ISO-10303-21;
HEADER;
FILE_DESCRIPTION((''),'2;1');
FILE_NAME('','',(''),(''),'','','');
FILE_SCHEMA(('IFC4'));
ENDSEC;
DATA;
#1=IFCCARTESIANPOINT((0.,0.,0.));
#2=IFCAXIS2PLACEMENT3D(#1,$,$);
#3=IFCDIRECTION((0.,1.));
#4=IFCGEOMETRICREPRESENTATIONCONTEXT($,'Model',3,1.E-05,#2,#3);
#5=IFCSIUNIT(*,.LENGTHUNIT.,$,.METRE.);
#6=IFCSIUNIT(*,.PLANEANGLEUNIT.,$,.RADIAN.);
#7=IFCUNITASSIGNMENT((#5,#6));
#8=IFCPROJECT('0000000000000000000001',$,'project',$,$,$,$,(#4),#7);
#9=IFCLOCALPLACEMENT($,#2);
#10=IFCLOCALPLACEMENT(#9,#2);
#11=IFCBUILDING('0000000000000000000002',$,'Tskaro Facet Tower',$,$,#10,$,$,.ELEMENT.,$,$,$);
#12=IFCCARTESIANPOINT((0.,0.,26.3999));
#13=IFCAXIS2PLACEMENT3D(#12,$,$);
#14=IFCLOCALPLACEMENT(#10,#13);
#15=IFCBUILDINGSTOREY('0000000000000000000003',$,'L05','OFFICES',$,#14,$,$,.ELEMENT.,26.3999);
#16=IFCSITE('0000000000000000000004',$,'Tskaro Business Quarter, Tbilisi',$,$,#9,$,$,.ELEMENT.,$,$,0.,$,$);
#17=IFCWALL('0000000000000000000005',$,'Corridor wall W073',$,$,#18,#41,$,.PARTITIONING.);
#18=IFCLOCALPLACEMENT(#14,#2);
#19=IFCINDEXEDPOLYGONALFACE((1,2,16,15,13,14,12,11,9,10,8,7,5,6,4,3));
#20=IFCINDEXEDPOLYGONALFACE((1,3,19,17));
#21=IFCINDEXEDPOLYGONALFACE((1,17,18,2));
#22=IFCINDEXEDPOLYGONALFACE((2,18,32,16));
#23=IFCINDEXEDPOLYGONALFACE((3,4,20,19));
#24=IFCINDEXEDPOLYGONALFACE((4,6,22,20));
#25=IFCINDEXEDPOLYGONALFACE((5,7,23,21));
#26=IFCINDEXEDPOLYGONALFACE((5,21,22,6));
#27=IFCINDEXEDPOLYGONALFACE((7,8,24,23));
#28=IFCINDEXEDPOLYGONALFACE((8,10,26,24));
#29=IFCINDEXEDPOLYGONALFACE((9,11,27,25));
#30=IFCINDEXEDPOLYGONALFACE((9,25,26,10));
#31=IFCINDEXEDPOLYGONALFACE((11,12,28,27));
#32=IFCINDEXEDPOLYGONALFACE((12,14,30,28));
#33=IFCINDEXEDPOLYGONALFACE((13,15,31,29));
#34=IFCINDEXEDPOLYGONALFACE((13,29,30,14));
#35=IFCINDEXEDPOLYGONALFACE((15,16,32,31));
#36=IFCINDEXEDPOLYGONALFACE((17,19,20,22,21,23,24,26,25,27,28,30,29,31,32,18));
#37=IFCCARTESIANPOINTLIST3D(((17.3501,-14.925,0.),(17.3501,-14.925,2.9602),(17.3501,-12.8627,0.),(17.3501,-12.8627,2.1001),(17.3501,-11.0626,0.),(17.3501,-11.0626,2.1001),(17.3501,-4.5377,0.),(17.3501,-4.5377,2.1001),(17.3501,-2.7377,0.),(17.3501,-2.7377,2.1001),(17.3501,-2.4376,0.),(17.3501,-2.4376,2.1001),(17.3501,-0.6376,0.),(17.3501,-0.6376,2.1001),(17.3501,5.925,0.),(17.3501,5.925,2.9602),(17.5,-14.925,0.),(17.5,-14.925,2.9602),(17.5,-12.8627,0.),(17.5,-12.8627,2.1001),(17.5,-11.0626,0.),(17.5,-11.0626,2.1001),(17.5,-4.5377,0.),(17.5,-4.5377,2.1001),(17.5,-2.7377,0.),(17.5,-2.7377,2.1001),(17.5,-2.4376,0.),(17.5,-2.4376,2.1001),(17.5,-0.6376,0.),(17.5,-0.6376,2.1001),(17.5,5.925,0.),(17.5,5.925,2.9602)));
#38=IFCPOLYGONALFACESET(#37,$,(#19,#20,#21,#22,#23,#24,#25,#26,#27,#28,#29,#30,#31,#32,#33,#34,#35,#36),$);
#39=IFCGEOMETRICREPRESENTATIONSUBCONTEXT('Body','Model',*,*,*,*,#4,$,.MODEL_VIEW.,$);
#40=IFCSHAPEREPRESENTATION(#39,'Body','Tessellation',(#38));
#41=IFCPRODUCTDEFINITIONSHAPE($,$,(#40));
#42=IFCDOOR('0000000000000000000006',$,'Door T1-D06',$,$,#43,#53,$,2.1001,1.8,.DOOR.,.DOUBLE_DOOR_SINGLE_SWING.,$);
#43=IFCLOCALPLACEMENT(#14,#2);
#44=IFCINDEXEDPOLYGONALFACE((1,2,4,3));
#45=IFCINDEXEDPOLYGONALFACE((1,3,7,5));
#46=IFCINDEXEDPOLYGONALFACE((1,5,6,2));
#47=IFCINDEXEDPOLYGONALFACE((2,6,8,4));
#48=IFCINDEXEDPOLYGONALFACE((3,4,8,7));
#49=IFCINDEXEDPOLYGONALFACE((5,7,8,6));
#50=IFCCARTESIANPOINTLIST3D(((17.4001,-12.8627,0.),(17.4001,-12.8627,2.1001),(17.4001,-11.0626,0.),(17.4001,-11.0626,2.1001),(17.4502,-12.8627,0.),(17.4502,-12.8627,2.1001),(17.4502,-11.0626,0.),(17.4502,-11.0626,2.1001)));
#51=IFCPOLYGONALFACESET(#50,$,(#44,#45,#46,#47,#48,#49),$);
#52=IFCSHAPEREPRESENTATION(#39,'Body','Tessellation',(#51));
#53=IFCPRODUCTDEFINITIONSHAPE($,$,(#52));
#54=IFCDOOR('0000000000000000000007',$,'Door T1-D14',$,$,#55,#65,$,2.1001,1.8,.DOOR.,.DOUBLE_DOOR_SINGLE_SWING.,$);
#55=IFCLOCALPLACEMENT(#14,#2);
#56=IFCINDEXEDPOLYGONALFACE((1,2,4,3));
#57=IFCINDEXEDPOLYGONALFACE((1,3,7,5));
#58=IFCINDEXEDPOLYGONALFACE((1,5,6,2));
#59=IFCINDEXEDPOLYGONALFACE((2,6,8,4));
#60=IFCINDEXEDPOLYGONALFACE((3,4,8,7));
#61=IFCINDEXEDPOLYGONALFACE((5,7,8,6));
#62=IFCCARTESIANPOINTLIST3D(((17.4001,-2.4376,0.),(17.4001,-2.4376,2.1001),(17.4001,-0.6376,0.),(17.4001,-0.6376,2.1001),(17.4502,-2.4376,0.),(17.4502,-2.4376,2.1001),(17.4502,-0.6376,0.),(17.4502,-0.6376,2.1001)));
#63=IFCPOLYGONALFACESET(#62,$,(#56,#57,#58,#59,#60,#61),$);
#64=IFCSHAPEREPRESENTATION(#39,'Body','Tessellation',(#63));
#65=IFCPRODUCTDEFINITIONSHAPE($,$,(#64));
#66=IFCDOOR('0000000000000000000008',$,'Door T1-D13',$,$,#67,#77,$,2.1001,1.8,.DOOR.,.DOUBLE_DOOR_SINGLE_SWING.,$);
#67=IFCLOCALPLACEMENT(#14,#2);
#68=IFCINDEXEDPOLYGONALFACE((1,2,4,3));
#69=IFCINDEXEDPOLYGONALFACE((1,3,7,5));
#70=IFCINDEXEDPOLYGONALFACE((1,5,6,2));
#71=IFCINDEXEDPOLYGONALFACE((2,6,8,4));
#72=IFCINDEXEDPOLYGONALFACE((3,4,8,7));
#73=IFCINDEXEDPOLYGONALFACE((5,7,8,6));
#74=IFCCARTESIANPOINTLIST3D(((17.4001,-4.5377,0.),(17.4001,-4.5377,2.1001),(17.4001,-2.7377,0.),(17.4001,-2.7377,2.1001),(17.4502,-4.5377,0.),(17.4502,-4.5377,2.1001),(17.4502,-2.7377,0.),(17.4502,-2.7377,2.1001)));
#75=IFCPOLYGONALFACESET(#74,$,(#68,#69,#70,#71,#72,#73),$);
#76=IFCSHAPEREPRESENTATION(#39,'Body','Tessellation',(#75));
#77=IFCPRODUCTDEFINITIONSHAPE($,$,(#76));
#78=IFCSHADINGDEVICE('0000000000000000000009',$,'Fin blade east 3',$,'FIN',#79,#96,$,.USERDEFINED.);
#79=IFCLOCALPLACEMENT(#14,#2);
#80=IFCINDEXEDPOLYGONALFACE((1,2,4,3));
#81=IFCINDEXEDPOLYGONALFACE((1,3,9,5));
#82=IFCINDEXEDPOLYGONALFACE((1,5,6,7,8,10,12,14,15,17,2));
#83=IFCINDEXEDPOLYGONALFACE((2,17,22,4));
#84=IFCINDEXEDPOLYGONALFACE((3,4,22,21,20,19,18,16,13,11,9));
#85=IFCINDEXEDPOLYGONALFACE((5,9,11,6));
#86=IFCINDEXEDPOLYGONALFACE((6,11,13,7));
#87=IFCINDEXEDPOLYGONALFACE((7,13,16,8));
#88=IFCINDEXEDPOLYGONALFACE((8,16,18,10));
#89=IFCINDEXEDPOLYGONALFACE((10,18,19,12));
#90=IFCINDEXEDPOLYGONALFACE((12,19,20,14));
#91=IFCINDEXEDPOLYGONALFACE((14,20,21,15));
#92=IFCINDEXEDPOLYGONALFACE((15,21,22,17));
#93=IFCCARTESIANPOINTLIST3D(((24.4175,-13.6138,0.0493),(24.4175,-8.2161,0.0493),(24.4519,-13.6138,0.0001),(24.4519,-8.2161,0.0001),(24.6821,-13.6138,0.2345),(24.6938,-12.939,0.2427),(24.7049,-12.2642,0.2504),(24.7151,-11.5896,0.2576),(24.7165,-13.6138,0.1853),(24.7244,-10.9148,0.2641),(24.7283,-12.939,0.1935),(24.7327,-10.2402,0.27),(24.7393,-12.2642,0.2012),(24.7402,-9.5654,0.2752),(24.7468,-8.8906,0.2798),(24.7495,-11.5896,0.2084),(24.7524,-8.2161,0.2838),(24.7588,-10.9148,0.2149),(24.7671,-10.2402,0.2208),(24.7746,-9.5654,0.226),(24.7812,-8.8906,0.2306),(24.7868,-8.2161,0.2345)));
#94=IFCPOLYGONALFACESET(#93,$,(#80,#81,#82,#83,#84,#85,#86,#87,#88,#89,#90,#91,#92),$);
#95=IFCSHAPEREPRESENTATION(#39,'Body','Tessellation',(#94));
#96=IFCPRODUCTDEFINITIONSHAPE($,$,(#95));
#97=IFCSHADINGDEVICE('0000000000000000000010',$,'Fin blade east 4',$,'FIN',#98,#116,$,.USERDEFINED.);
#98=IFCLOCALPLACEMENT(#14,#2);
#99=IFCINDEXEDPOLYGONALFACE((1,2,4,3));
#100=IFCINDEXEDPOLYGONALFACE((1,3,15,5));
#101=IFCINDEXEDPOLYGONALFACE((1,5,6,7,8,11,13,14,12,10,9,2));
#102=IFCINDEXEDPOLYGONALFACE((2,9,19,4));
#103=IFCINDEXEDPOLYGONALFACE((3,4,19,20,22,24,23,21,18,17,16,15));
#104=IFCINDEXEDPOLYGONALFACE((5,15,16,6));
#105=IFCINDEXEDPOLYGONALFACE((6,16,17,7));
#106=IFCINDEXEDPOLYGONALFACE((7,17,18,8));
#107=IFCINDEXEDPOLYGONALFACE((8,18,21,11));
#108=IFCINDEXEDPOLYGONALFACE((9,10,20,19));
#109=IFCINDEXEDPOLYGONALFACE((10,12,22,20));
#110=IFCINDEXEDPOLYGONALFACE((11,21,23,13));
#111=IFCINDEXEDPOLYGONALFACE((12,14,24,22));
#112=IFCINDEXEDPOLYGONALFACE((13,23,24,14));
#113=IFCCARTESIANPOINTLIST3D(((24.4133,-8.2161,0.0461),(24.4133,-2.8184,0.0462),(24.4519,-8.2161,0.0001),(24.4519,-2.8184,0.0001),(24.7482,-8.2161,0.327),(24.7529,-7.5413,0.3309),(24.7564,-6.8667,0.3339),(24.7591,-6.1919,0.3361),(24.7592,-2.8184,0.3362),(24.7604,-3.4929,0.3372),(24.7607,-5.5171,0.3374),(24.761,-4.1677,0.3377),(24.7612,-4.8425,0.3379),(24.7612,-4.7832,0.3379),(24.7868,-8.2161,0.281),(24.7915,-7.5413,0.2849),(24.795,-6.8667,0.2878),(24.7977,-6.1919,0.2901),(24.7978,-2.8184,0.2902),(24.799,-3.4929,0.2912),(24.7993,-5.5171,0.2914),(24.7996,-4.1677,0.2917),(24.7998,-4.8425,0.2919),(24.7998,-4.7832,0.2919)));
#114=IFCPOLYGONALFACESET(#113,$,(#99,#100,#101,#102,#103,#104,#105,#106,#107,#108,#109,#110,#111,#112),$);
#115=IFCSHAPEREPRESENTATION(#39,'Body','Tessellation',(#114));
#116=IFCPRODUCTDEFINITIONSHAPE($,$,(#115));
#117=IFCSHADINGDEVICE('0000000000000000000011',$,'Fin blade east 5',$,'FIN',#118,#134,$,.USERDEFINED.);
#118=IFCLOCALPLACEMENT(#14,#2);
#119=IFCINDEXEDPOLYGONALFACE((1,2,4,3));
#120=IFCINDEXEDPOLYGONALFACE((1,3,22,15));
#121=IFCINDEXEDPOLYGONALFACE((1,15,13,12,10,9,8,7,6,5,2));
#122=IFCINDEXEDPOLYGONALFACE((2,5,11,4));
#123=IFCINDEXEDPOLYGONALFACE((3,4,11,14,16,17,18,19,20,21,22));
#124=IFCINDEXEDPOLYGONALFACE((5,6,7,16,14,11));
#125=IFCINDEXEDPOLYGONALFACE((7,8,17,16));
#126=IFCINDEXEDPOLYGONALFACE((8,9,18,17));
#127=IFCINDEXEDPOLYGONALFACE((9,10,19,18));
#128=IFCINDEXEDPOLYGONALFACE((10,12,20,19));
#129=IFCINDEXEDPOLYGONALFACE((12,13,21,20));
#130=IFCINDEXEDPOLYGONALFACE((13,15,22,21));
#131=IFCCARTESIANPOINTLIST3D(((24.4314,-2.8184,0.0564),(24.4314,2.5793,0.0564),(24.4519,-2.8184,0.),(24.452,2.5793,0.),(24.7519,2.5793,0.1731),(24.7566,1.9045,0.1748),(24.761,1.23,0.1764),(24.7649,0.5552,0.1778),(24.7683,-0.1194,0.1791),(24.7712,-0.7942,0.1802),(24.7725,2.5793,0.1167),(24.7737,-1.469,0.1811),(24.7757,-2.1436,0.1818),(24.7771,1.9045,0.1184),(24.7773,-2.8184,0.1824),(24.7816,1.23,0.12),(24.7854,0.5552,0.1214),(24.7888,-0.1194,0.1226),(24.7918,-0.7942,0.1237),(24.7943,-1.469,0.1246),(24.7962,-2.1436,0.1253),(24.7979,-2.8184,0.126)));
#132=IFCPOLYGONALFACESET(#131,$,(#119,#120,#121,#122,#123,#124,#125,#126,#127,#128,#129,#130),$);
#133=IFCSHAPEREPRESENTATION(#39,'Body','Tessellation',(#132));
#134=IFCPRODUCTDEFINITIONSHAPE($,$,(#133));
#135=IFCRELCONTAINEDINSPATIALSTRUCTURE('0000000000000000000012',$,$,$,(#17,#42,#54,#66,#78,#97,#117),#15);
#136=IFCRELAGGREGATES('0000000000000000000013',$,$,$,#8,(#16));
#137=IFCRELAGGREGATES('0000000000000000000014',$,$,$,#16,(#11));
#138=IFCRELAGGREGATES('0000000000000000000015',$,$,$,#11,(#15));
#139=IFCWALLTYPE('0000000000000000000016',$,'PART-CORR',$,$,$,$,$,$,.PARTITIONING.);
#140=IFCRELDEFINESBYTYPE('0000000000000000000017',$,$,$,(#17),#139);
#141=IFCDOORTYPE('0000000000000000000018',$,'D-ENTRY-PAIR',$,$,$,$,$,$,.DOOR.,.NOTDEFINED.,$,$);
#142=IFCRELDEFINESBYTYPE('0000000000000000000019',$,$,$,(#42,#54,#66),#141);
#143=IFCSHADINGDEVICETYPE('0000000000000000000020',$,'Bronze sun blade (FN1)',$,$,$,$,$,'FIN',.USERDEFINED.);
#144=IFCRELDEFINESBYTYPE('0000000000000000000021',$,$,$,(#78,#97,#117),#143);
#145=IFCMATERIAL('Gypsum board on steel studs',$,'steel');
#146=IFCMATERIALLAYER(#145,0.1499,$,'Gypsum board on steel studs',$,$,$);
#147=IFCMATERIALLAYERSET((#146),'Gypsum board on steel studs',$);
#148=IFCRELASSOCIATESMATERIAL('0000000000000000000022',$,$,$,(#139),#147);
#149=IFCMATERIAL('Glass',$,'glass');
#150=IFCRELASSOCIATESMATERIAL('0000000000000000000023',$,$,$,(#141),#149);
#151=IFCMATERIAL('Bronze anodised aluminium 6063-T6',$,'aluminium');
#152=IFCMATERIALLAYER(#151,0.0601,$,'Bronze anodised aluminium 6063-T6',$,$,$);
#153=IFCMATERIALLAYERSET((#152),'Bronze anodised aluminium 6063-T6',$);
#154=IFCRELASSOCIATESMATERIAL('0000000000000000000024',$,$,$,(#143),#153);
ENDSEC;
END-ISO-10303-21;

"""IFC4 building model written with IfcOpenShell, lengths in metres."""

from ifc_helpers import new_model, si_unit, direction, frame, frame_2d, origin, place, context, subcontext, project, spatial, polyline, rectangle, outline, extrude, material, layer, layer_set, type_object, element, fill, save


model = new_model("IFC4")

# Units and contexts
model_context = context("Model", 3, precision=1e-05, world=origin(), true_north=direction((0.0, 1.0)))
body_context = subcontext(model_context, "Body", "Model", "MODEL_VIEW")
ifc_project = project(units=[si_unit("LENGTHUNIT", "METRE"), si_unit("PLANEANGLEUNIT", "RADIAN")], contexts=[model_context])

# Site, building, storey
site_placement = place(None, origin())
site = spatial("IfcSite", under=ifc_project, at=site_placement, Name="Tskaro Business Quarter, Tbilisi", CompositionType="ELEMENT", RefElevation=0.0)
building_placement = place(site_placement, origin())
building = spatial("IfcBuilding", under=site, at=building_placement, Name="Tskaro Facet Tower", CompositionType="ELEMENT")
storey_placement = place(building_placement, frame((0.0, 0.0, 26.3999)))
storey = spatial("IfcBuildingStorey", under=building, at=storey_placement, Name="L05", Description="OFFICES", CompositionType="ELEMENT", Elevation=26.3999)

# Shared definitions
ifc_material_1 = material(Name="Bronze anodised aluminium 6063-T6", Category="aluminium")

# Shared definitions
ifc_material_2 = material(Name="Gypsum board on steel studs", Category="steel")

# Wall, openings, doors
ifc_layer_1 = layer(ifc_material_2, 0.1499, Name="Gypsum board on steel studs")
ifc_layer_set_1 = layer_set([ifc_layer_1], Name="Gypsum board on steel studs")
wall_type_1 = type_object("IfcWallType", Name="PART-CORR", PredefinedType="PARTITIONING", material=ifc_layer_set_1)
wall_1_placement = place(storey_placement, frame((17.425, -14.925, 0.0), z_axis=(0.0, 0.0, 1.0), x_axis=(0.0, 1.0, 0.0)))
wall_1 = element("IfcWall", 1, at=wall_1_placement, inside=storey, type_object=wall_type_1, Name="Corridor wall W073", PredefinedType="PARTITIONING", context=body_context, shape_type="SweptSolid", body=[
    extrude(rectangle(XDim=20.8501, YDim=0.1499, at=frame_2d((10.425, 0.0))), origin(), (0.0, 0.0, 1.0), 2.9602),
])
opening_1_placement = place(wall_1_placement, frame((2.0625, 0.0, 0.0)))
opening_1 = element("IfcOpeningElement", 2, at=opening_1_placement, cuts=wall_1, PredefinedType="OPENING", context=body_context, shape_type="SweptSolid", body=[
    extrude(rectangle(XDim=1.8, YDim=2.1001, at=frame_2d((0.8999, 1.05))), frame((0.0, 0.085, 0.0), z_axis=(0.0, -1.0, 0.0), x_axis=(1.0, 0.0, 0.0)), (0.0, 0.0, 1.0), 0.1699),
])
opening_2_placement = place(wall_1_placement, frame((12.4875, 0.0, 0.0)))
opening_2 = element("IfcOpeningElement", 3, at=opening_2_placement, cuts=wall_1, PredefinedType="OPENING", context=body_context, shape_type="SweptSolid", body=[
    extrude(rectangle(XDim=1.8, YDim=2.1001, at=frame_2d((0.8999, 1.05))), frame((0.0, 0.085, 0.0), z_axis=(0.0, -1.0, 0.0), x_axis=(1.0, 0.0, 0.0)), (0.0, 0.0, 1.0), 0.1699),
])
opening_3_placement = place(wall_1_placement, frame((10.3875, 0.0, 0.0)))
opening_3 = element("IfcOpeningElement", 4, at=opening_3_placement, cuts=wall_1, PredefinedType="OPENING", context=body_context, shape_type="SweptSolid", body=[
    extrude(rectangle(XDim=1.8, YDim=2.1001, at=frame_2d((0.8999, 1.05))), frame((0.0, 0.085, 0.0), z_axis=(0.0, -1.0, 0.0), x_axis=(1.0, 0.0, 0.0)), (0.0, 0.0, 1.0), 0.1699),
])
ifc_material_3 = material(Name="Glass", Category="glass")
door_type_1 = type_object("IfcDoorType", Name="D-ENTRY-PAIR", OperationType="NOTDEFINED", PredefinedType="DOOR", material=ifc_material_3)
door_1_placement = place(opening_1_placement, origin())
door_1 = element("IfcDoor", 5, at=door_1_placement, inside=storey, type_object=door_type_1, Name="Door T1-D06", OperationType="DOUBLE_DOOR_SINGLE_SWING", OverallHeight=2.1001, OverallWidth=1.8, PredefinedType="DOOR", context=body_context, shape_type="SweptSolid", body=[
    extrude(rectangle(XDim=1.8, YDim=2.1001, at=frame_2d((0.8999, 1.05))), frame((0.0, 0.0249, 0.0), z_axis=(0.0, -1.0, 0.0), x_axis=(1.0, 0.0, 0.0)), (0.0, 0.0, 1.0), 0.05),
])
fill(opening_1, door_1)
door_2_placement = place(opening_2_placement, origin())
door_2 = element("IfcDoor", 6, at=door_2_placement, inside=storey, type_object=door_type_1, Name="Door T1-D14", OperationType="DOUBLE_DOOR_SINGLE_SWING", OverallHeight=2.1001, OverallWidth=1.8, PredefinedType="DOOR", context=body_context, shape_type="SweptSolid", body=[
    extrude(rectangle(XDim=1.8, YDim=2.1001, at=frame_2d((0.8999, 1.05))), frame((0.0, 0.0249, 0.0), z_axis=(0.0, -1.0, 0.0), x_axis=(1.0, 0.0, 0.0)), (0.0, 0.0, 1.0), 0.05),
])
fill(opening_2, door_2)
door_3_placement = place(opening_3_placement, origin())
door_3 = element("IfcDoor", 7, at=door_3_placement, inside=storey, type_object=door_type_1, Name="Door T1-D13", OperationType="DOUBLE_DOOR_SINGLE_SWING", OverallHeight=2.1001, OverallWidth=1.8, PredefinedType="DOOR", context=body_context, shape_type="SweptSolid", body=[
    extrude(rectangle(XDim=1.8, YDim=2.1001, at=frame_2d((0.8999, 1.05))), frame((0.0, 0.0249, 0.0), z_axis=(0.0, -1.0, 0.0), x_axis=(1.0, 0.0, 0.0)), (0.0, 0.0, 1.0), 0.05),
])
fill(opening_3, door_3)

# Shading devices
ifc_layer_2 = layer(ifc_material_1, 0.0601, Name="Bronze anodised aluminium 6063-T6")
ifc_layer_set_2 = layer_set([ifc_layer_2], Name="Bronze anodised aluminium 6063-T6")
shading_device_type = type_object("IfcShadingDeviceType", Name="Bronze sun blade (FN1)", ElementType="FIN", PredefinedType="USERDEFINED", material=ifc_layer_set_2)
shading_device_1_placement = place(storey_placement, frame((24.4175, -13.6138, 0.0493), z_axis=(-0.57338, -0.000006, 0.81929), x_axis=(-0.000004, 1.0, 0.000005)))
element("IfcShadingDevice", 8, at=shading_device_1_placement, inside=storey, type_object=shading_device_type, Name="Fin blade east 3", ObjectType="FIN", PredefinedType="USERDEFINED", context=body_context, shape_type="SweptSolid", body=[
    extrude(outline(polyline([(0.0, 0.0), (5.3977, 0.0), (5.3977, -0.4088), (4.7231, -0.402), (4.0483, -0.3939), (3.3735, -0.3848), (2.699, -0.3746), (2.0242, -0.3632), (1.3496, -0.3508), (0.6748, -0.3373), (0.0, -0.3229), (0.0, 0.0)])), origin(), (0.0, 0.0, -1.0), 0.0601),
])
shading_device_2_placement = place(storey_placement, frame((24.4133, -8.2161, 0.0461), z_axis=(-0.642539, -0.000004, 0.766253), x_axis=(-0.000003, 1.0, 0.000003)))
element("IfcShadingDevice", 9, at=shading_device_2_placement, inside=storey, type_object=shading_device_type, Name="Fin blade east 4", ObjectType="FIN", PredefinedType="USERDEFINED", context=body_context, shape_type="SweptSolid", body=[
    extrude(outline(polyline([(0.0, 0.0), (5.3977, 0.0), (5.3977, -0.4514), (4.7231, -0.453), (4.0483, -0.4537), (3.4329, -0.454), (3.3735, -0.454), (2.699, -0.4534), (2.0242, -0.4513), (1.3494, -0.4478), (0.6748, -0.4431), (0.0, -0.4371), (0.0, 0.0)])), origin(), (0.0, 0.0, -1.0), 0.0601),
])
shading_device_3_placement = place(storey_placement, frame((24.4314, -2.8184, 0.0564), z_axis=(-0.342203, 0.000003, 0.939626), x_axis=(0.000001, 1.0, -0.000002)))
element("IfcShadingDevice", 10, at=shading_device_3_placement, inside=storey, type_object=shading_device_type, Name="Fin blade east 5", ObjectType="FIN", PredefinedType="USERDEFINED", context=body_context, shape_type="SweptSolid", body=[
    extrude(outline(polyline([(0.0, 0.0), (5.3977, 0.0), (5.3977, -0.3411), (4.7229, -0.3461), (4.0483, -0.3508), (3.3735, -0.3549), (2.699, -0.3585), (2.0242, -0.3617), (1.3494, -0.3643), (0.6748, -0.3664), (0.0, -0.3682), (0.0, 0.0)])), origin(), (0.0, 0.0, -1.0), 0.0601),
])

save(model, "model.ifc")
